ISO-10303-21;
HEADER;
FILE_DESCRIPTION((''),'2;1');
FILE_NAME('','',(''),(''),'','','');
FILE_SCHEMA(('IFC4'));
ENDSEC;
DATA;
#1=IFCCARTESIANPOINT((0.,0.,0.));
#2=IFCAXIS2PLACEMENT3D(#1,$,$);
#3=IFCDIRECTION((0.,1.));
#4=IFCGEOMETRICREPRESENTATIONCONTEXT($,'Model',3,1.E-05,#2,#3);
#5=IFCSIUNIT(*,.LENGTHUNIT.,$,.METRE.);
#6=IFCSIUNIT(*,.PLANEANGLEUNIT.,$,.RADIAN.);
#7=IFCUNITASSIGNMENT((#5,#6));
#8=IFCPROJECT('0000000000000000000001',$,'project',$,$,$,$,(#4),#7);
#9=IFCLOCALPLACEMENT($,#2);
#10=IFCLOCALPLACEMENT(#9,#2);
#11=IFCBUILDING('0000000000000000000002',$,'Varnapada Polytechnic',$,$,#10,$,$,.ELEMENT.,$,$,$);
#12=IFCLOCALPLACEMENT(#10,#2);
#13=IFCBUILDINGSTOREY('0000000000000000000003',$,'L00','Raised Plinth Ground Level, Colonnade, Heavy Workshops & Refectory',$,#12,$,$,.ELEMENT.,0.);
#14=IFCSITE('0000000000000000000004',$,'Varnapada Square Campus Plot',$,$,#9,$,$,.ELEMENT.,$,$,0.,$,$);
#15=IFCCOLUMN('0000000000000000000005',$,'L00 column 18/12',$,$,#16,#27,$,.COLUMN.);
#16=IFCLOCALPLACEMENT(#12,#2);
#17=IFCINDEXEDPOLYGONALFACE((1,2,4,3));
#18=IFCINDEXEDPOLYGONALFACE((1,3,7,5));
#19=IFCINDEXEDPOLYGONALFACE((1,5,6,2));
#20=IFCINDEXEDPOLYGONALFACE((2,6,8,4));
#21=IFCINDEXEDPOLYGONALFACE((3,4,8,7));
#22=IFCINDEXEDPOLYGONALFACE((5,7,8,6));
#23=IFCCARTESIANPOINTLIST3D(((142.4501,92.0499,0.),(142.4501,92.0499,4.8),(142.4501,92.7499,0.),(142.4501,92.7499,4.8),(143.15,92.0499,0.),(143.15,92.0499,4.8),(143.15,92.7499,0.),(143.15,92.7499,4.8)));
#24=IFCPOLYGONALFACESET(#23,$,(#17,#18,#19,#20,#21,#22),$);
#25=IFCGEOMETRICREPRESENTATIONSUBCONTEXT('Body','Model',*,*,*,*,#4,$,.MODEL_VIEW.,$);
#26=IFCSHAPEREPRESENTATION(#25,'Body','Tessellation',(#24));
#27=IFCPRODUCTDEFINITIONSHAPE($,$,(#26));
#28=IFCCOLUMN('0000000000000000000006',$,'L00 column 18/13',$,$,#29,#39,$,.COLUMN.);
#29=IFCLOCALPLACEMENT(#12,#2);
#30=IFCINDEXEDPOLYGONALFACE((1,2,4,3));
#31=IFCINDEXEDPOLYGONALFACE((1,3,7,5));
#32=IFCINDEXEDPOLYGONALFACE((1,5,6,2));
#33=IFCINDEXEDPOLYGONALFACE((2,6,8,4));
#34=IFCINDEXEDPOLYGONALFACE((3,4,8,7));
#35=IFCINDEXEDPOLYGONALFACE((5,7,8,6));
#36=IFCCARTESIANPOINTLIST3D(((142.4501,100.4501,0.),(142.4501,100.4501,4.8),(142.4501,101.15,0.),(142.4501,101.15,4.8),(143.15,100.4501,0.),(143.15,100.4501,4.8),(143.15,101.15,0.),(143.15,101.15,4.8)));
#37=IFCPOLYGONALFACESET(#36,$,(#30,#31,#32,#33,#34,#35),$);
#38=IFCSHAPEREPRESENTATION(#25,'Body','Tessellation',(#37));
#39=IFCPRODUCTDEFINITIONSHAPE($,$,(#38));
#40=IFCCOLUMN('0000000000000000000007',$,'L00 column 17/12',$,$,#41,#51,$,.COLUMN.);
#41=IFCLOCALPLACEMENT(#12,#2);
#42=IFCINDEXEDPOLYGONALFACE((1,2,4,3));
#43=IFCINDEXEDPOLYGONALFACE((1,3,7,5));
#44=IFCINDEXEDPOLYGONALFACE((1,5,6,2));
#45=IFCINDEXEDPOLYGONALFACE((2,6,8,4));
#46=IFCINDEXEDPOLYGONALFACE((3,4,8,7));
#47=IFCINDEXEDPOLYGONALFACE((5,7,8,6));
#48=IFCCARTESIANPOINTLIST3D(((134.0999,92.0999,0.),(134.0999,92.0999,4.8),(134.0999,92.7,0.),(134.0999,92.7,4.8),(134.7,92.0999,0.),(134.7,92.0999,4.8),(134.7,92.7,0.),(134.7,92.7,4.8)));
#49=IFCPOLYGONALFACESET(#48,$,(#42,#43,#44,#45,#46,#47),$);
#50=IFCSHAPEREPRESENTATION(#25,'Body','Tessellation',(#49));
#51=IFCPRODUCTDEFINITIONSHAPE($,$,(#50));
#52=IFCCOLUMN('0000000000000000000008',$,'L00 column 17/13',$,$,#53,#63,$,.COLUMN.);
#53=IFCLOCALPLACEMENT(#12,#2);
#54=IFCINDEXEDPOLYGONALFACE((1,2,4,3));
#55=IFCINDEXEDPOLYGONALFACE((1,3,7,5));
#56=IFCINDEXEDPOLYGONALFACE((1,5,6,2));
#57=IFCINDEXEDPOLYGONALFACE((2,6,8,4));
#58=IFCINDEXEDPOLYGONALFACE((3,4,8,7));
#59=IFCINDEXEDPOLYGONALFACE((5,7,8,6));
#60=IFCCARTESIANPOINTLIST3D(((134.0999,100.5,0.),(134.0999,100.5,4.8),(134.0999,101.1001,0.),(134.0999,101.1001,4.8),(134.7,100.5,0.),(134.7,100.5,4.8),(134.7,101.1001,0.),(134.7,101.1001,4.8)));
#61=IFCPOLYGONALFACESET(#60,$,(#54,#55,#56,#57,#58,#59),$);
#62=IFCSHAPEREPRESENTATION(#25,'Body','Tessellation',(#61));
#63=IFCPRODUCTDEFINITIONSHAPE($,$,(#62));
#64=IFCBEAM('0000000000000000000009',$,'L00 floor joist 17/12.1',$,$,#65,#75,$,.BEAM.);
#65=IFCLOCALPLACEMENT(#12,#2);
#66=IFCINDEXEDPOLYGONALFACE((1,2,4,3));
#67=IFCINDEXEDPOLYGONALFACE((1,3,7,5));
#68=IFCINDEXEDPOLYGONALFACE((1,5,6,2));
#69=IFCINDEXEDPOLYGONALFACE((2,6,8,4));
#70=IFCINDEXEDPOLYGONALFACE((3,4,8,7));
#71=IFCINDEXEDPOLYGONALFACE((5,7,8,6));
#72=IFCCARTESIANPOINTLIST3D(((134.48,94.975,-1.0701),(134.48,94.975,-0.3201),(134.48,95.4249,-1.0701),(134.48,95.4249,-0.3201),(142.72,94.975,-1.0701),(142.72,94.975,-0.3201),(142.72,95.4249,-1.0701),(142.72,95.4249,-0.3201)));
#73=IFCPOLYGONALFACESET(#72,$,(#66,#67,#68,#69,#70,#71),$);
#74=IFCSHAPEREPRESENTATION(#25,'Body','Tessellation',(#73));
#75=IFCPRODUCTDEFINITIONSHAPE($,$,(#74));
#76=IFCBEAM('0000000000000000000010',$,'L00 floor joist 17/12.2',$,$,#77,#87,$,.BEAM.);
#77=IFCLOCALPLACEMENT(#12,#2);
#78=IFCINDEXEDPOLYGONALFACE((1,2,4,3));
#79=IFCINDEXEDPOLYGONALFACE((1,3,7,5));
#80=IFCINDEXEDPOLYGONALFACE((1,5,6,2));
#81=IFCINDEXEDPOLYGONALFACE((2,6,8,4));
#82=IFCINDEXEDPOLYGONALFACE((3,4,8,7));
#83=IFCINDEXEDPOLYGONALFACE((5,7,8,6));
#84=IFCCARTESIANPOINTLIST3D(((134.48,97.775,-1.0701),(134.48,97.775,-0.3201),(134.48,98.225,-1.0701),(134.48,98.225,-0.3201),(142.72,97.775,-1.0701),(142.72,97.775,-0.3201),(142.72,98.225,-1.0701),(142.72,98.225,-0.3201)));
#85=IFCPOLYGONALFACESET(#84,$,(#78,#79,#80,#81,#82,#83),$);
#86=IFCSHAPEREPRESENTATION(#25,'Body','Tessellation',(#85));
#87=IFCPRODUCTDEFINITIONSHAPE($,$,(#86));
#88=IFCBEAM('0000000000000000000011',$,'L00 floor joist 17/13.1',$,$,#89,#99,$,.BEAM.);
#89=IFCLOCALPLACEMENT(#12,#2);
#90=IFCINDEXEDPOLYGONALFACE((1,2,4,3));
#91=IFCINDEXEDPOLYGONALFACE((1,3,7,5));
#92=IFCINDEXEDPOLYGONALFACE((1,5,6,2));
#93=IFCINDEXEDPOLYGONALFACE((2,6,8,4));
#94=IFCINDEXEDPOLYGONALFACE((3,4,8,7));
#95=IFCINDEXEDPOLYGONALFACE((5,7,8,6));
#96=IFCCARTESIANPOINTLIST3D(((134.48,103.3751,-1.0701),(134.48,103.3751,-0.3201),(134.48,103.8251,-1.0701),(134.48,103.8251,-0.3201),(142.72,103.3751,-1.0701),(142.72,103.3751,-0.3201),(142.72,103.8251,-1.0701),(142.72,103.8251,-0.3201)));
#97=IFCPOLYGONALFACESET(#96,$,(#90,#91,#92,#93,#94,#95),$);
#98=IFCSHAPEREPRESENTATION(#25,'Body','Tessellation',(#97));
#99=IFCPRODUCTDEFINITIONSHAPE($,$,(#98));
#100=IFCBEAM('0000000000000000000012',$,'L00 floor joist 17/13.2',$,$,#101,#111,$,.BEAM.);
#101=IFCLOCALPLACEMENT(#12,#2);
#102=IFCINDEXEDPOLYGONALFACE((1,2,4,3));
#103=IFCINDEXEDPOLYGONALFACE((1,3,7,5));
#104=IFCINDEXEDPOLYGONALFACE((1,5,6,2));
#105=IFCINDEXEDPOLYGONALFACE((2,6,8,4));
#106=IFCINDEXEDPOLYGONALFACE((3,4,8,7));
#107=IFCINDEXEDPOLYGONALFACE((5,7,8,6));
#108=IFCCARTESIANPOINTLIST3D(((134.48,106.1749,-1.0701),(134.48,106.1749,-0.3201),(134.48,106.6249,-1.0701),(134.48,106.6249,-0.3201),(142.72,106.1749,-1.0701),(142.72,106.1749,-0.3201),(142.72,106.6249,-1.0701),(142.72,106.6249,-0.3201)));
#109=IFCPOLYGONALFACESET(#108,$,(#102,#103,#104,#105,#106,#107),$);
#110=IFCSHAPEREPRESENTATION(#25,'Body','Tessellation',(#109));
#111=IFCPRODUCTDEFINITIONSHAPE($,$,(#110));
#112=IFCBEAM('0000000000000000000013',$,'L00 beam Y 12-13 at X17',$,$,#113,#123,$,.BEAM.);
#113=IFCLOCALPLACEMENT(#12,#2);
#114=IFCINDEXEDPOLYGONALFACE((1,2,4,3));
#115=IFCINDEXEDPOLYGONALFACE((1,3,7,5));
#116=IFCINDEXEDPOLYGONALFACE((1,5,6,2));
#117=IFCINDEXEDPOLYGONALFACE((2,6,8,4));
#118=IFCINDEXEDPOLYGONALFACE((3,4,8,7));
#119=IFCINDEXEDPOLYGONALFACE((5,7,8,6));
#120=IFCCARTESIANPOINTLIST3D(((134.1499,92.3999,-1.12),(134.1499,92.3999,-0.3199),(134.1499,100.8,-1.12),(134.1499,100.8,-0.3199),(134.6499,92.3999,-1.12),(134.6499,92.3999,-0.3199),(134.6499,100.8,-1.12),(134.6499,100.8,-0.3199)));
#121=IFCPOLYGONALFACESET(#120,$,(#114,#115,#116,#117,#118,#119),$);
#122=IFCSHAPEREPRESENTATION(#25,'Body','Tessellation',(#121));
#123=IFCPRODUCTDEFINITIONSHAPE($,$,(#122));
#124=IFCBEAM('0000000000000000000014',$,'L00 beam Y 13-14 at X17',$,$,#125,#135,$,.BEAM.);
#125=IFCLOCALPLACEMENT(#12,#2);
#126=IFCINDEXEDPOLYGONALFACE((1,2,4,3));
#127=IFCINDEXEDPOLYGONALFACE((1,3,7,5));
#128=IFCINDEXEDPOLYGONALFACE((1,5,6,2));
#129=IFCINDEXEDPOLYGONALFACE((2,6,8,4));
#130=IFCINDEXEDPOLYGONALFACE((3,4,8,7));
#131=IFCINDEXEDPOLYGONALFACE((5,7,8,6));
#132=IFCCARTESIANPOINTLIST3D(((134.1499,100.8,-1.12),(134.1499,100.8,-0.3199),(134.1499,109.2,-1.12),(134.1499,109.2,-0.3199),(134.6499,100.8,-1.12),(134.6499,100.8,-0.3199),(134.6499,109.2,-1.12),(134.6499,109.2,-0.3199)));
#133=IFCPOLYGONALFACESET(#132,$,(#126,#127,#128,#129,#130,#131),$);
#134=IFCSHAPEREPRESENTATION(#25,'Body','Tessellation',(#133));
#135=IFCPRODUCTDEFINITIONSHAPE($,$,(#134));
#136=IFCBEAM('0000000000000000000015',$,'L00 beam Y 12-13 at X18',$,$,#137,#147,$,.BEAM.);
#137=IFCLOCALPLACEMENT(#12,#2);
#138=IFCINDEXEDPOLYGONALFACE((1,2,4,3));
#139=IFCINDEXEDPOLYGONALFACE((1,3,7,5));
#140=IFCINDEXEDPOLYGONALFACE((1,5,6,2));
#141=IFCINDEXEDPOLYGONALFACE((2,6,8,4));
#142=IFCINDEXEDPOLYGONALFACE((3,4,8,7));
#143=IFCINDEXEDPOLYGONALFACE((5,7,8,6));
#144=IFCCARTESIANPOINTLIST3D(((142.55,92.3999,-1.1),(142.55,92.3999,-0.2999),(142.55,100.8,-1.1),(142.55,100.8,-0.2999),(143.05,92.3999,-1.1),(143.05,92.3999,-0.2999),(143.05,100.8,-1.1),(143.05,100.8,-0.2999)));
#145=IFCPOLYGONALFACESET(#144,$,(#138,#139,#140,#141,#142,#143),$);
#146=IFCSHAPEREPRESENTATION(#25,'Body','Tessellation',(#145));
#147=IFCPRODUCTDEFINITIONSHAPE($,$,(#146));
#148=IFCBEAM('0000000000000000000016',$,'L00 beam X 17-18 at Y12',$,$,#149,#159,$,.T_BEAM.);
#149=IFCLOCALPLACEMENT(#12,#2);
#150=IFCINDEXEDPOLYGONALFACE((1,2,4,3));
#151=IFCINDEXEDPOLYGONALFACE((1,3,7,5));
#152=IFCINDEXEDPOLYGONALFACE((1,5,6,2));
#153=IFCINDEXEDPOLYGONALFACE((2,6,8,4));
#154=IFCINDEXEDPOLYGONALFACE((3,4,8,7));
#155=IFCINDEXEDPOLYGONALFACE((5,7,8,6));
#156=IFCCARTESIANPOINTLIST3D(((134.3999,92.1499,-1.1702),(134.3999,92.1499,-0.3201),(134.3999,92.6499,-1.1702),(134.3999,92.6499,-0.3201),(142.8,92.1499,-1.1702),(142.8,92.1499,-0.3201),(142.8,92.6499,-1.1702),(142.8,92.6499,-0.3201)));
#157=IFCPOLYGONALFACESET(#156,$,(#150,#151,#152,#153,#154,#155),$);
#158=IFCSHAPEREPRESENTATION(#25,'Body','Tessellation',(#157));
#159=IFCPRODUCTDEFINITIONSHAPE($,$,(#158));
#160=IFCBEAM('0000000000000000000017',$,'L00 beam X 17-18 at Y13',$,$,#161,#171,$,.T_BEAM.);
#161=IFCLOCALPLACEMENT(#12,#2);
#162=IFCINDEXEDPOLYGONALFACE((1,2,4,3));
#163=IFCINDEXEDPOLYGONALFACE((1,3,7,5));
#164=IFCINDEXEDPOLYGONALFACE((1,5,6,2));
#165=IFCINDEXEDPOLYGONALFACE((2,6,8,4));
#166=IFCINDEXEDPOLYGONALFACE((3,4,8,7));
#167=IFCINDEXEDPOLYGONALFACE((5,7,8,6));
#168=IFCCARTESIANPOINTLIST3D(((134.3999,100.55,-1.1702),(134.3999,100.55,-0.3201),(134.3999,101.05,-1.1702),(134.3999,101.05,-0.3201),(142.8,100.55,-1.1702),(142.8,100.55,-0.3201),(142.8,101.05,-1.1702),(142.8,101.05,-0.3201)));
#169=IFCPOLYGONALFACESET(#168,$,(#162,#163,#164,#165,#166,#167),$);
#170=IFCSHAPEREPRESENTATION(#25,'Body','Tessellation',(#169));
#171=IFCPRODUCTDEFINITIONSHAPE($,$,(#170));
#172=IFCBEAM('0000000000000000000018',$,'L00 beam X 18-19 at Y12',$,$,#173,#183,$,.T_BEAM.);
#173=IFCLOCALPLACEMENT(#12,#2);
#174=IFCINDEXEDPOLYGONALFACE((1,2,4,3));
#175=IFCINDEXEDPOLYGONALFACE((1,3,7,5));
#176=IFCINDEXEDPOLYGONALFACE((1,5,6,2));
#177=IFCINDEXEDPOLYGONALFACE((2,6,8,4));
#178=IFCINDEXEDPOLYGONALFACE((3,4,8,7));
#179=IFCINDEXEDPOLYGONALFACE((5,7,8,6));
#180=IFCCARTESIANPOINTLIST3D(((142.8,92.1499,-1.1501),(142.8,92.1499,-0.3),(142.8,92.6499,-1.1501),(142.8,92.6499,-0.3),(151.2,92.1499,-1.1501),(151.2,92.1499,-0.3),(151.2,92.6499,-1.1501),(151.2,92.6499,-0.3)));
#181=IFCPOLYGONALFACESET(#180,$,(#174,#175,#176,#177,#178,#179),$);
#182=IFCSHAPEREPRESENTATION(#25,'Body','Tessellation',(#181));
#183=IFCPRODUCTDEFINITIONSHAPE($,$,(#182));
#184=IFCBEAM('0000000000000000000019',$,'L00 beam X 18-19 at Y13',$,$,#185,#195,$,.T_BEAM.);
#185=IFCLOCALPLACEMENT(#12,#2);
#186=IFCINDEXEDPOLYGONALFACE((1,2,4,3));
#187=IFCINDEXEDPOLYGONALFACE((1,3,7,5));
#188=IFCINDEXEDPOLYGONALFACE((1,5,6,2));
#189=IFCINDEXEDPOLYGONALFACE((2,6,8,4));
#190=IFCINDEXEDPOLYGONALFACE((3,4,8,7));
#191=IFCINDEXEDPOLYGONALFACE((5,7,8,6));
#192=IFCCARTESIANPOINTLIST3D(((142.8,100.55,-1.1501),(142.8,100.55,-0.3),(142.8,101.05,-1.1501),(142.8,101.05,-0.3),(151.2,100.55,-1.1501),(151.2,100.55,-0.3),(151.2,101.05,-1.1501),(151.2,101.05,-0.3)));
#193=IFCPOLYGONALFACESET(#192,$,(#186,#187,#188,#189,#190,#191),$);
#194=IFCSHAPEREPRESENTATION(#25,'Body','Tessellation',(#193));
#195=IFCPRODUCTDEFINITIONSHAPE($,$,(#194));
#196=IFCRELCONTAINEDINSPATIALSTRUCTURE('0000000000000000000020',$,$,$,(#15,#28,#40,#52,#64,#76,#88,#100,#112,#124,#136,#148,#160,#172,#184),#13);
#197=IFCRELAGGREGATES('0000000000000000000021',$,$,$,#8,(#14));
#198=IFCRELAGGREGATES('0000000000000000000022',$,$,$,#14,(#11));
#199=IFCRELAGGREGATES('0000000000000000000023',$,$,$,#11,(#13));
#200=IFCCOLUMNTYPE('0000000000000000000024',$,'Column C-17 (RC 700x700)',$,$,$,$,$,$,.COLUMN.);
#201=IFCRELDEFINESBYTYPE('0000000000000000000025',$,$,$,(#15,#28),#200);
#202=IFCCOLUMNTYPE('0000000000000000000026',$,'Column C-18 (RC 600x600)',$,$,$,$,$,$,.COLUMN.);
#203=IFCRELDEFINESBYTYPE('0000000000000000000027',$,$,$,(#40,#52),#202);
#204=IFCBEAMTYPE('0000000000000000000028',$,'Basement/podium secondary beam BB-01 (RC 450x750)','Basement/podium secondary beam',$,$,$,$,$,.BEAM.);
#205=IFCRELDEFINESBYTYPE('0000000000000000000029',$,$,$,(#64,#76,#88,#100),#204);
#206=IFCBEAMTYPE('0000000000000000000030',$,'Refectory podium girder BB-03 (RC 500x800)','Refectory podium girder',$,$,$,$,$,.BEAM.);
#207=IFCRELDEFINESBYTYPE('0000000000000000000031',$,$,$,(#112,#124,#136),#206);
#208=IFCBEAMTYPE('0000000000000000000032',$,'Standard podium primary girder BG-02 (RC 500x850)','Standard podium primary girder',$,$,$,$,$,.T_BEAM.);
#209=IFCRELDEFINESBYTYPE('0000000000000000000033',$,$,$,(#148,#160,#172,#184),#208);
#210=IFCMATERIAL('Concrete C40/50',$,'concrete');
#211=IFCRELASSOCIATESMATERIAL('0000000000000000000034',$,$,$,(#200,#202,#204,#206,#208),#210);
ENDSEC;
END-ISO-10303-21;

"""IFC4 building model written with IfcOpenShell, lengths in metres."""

from ifc_helpers import new_model, si_unit, direction, frame, origin, origin_2d, place, context, subcontext, project, spatial, rectangle, extrude, material, material_profile, profile_set, type_object, element, save


model = new_model("IFC4")

# Units and contexts
model_context = context("Model", 3, precision=1e-05, world=origin(), true_north=direction((0.0, 1.0)))
body_context = subcontext(model_context, "Body", "Model", "MODEL_VIEW")
ifc_project = project(units=[si_unit("LENGTHUNIT", "METRE"), si_unit("PLANEANGLEUNIT", "RADIAN")], contexts=[model_context])

# Site, building, storey
site_placement = place(None, origin())
site = spatial("IfcSite", under=ifc_project, at=site_placement, Name="Varnapada Square Campus Plot", CompositionType="ELEMENT", RefElevation=0.0)
building_placement = place(site_placement, origin())
building = spatial("IfcBuilding", under=site, at=building_placement, Name="Varnapada Polytechnic", CompositionType="ELEMENT")
storey_placement = place(building_placement, origin())
storey = spatial("IfcBuildingStorey", under=building, at=storey_placement, Name="L00", Description="Raised Plinth Ground Level, Colonnade, Heavy Workshops & Refectory", CompositionType="ELEMENT", Elevation=0.0)

# Columns
ifc_material_1 = material(Name="Concrete C40/50", Category="concrete")
ifc_material_profile_1 = material_profile(ifc_material_1, rectangle(XDim=0.7, YDim=0.7, at=origin_2d()), Name="RC 700x700")
ifc_profile_set_1 = profile_set([ifc_material_profile_1], Name="Concrete C40/50")
column_type_1 = type_object("IfcColumnType", Name="Column C-17 (RC 700x700)", PredefinedType="COLUMN", material=ifc_profile_set_1)
for number, where, z_axis, x_axis, name in (
    (1, (142.8, 92.3999, 0.0), (0.0, 0.0, 1.0), (1.0, 0.0, 0.0), "L00 column 18/12"),
    (2, (142.8, 100.8, 0.0), (0.0, 0.0, 1.0), (1.0, 0.0, 0.0), "L00 column 18/13"),
):
    element("IfcColumn", number, at=place(storey_placement, frame(where, z_axis=z_axis, x_axis=x_axis)), inside=storey, type_object=column_type_1, Name=name, PredefinedType="COLUMN", context=body_context, shape_type="SweptSolid", body=[
        extrude(rectangle(XDim=0.7, YDim=0.7, at=origin_2d()), origin(), (0.0, 0.0, 1.0), 4.8),
    ])
ifc_material_profile_2 = material_profile(ifc_material_1, rectangle(XDim=0.6001, YDim=0.6001, at=origin_2d()), Name="RC 600x600")
ifc_profile_set_2 = profile_set([ifc_material_profile_2], Name="Concrete C40/50")
column_type_2 = type_object("IfcColumnType", Name="Column C-18 (RC 600x600)", PredefinedType="COLUMN", material=ifc_profile_set_2)
for number, where, z_axis, x_axis, name in (
    (3, (134.3999, 92.3999, 0.0), (0.0, 0.0, 1.0), (1.0, 0.0, 0.0), "L00 column 17/12"),
    (4, (134.3999, 100.8, 0.0), (0.0, 0.0, 1.0), (1.0, 0.0, 0.0), "L00 column 17/13"),
):
    element("IfcColumn", number, at=place(storey_placement, frame(where, z_axis=z_axis, x_axis=x_axis)), inside=storey, type_object=column_type_2, Name=name, PredefinedType="COLUMN", context=body_context, shape_type="SweptSolid", body=[
        extrude(rectangle(XDim=0.6001, YDim=0.6001, at=origin_2d()), origin(), (0.0, 0.0, 1.0), 4.8),
    ])

# Beams
ifc_material_profile_3 = material_profile(ifc_material_1, rectangle(XDim=0.45, YDim=0.75, at=origin_2d()), Name="RC 450x750")
ifc_profile_set_3 = profile_set([ifc_material_profile_3], Name="Concrete C40/50")
beam_type_1 = type_object("IfcBeamType", Name="Basement/podium secondary beam BB-01 (RC 450x750)", Description="Basement/podium secondary beam", PredefinedType="BEAM", material=ifc_profile_set_3)
for number, where, z_axis, x_axis, name in (
    (5, (134.48, 95.2, -0.6951), (1.0, 0.0, 0.0), (0.0, 1.0, 0.0), "L00 floor joist 17/12.1"),
    (6, (134.48, 98.0, -0.6951), (1.0, 0.0, 0.0), (0.0, 1.0, 0.0), "L00 floor joist 17/12.2"),
    (7, (134.48, 103.6001, -0.6951), (1.0, 0.0, 0.0), (0.0, 1.0, 0.0), "L00 floor joist 17/13.1"),
    (8, (134.48, 106.3999, -0.6951), (1.0, 0.0, 0.0), (0.0, 1.0, 0.0), "L00 floor joist 17/13.2"),
):
    element("IfcBeam", number, at=place(storey_placement, frame(where, z_axis=z_axis, x_axis=x_axis)), inside=storey, type_object=beam_type_1, Name=name, PredefinedType="BEAM", context=body_context, shape_type="SweptSolid", body=[
        extrude(rectangle(XDim=0.45, YDim=0.75, at=origin_2d()), origin(), (0.0, 0.0, 1.0), 8.24),
    ])
ifc_material_profile_4 = material_profile(ifc_material_1, rectangle(XDim=0.5, YDim=0.8, at=origin_2d()), Name="RC 500x800")
ifc_profile_set_4 = profile_set([ifc_material_profile_4], Name="Concrete C40/50")
beam_type_2 = type_object("IfcBeamType", Name="Refectory podium girder BB-03 (RC 500x800)", Description="Refectory podium girder", PredefinedType="BEAM", material=ifc_profile_set_4)
beam_1_placement = place(storey_placement, frame((134.3999, 92.3999, -0.72), z_axis=(0.0, 1.0, 0.0), x_axis=(-1.0, 0.0, 0.0)))
element("IfcBeam", 9, at=beam_1_placement, inside=storey, type_object=beam_type_2, Name="L00 beam Y 12-13 at X17", PredefinedType="BEAM", context=body_context, shape_type="SweptSolid", body=[
    extrude(rectangle(XDim=0.5, YDim=0.8, at=origin_2d()), origin(), (0.0, 0.0, 1.0), 8.4001),
])
beam_2_placement = place(storey_placement, frame((134.3999, 100.8, -0.72), z_axis=(0.0, 1.0, 0.0), x_axis=(-1.0, 0.0, 0.0)))
element("IfcBeam", 10, at=beam_2_placement, inside=storey, type_object=beam_type_2, Name="L00 beam Y 13-14 at X17", PredefinedType="BEAM", context=body_context, shape_type="SweptSolid", body=[
    extrude(rectangle(XDim=0.5, YDim=0.8, at=origin_2d()), origin(), (0.0, 0.0, 1.0), 8.3999),
])
beam_3_placement = place(storey_placement, frame((142.8, 92.3999, -0.7), z_axis=(0.0, 1.0, 0.0), x_axis=(-1.0, 0.0, 0.0)))
element("IfcBeam", 11, at=beam_3_placement, inside=storey, type_object=beam_type_2, Name="L00 beam Y 12-13 at X18", PredefinedType="BEAM", context=body_context, shape_type="SweptSolid", body=[
    extrude(rectangle(XDim=0.5, YDim=0.8, at=origin_2d()), origin(), (0.0, 0.0, 1.0), 8.4001),
])
ifc_material_profile_5 = material_profile(ifc_material_1, rectangle(XDim=0.5, YDim=0.8501, at=origin_2d()), Name="RC 500x850")
ifc_profile_set_5 = profile_set([ifc_material_profile_5], Name="Concrete C40/50")
beam_type_3 = type_object("IfcBeamType", Name="Standard podium primary girder BG-02 (RC 500x850)", Description="Standard podium primary girder", PredefinedType="T_BEAM", material=ifc_profile_set_5)
for number, where, z_axis, x_axis, name in (
    (12, (134.3999, 92.3999, -0.7451), (1.0, 0.0, 0.0), (0.0, 1.0, 0.0), "L00 beam X 17-18 at Y12"),
    (13, (134.3999, 100.8, -0.7451), (1.0, 0.0, 0.0), (0.0, 1.0, 0.0), "L00 beam X 17-18 at Y13"),
):
    element("IfcBeam", number, at=place(storey_placement, frame(where, z_axis=z_axis, x_axis=x_axis)), inside=storey, type_object=beam_type_3, Name=name, PredefinedType="T_BEAM", context=body_context, shape_type="SweptSolid", body=[
        extrude(rectangle(XDim=0.5, YDim=0.8501, at=origin_2d()), origin(), (0.0, 0.0, 1.0), 8.4001),
    ])
for number, where, z_axis, x_axis, name in (
    (14, (142.8, 92.3999, -0.7251), (1.0, 0.0, 0.0), (0.0, 1.0, 0.0), "L00 beam X 18-19 at Y12"),
    (15, (142.8, 100.8, -0.7251), (1.0, 0.0, 0.0), (0.0, 1.0, 0.0), "L00 beam X 18-19 at Y13"),
):
    element("IfcBeam", number, at=place(storey_placement, frame(where, z_axis=z_axis, x_axis=x_axis)), inside=storey, type_object=beam_type_3, Name=name, PredefinedType="T_BEAM", context=body_context, shape_type="SweptSolid", body=[
        extrude(rectangle(XDim=0.5, YDim=0.8501, at=origin_2d()), origin(), (0.0, 0.0, 1.0), 8.3999),
    ])

save(model, "model.ifc")
